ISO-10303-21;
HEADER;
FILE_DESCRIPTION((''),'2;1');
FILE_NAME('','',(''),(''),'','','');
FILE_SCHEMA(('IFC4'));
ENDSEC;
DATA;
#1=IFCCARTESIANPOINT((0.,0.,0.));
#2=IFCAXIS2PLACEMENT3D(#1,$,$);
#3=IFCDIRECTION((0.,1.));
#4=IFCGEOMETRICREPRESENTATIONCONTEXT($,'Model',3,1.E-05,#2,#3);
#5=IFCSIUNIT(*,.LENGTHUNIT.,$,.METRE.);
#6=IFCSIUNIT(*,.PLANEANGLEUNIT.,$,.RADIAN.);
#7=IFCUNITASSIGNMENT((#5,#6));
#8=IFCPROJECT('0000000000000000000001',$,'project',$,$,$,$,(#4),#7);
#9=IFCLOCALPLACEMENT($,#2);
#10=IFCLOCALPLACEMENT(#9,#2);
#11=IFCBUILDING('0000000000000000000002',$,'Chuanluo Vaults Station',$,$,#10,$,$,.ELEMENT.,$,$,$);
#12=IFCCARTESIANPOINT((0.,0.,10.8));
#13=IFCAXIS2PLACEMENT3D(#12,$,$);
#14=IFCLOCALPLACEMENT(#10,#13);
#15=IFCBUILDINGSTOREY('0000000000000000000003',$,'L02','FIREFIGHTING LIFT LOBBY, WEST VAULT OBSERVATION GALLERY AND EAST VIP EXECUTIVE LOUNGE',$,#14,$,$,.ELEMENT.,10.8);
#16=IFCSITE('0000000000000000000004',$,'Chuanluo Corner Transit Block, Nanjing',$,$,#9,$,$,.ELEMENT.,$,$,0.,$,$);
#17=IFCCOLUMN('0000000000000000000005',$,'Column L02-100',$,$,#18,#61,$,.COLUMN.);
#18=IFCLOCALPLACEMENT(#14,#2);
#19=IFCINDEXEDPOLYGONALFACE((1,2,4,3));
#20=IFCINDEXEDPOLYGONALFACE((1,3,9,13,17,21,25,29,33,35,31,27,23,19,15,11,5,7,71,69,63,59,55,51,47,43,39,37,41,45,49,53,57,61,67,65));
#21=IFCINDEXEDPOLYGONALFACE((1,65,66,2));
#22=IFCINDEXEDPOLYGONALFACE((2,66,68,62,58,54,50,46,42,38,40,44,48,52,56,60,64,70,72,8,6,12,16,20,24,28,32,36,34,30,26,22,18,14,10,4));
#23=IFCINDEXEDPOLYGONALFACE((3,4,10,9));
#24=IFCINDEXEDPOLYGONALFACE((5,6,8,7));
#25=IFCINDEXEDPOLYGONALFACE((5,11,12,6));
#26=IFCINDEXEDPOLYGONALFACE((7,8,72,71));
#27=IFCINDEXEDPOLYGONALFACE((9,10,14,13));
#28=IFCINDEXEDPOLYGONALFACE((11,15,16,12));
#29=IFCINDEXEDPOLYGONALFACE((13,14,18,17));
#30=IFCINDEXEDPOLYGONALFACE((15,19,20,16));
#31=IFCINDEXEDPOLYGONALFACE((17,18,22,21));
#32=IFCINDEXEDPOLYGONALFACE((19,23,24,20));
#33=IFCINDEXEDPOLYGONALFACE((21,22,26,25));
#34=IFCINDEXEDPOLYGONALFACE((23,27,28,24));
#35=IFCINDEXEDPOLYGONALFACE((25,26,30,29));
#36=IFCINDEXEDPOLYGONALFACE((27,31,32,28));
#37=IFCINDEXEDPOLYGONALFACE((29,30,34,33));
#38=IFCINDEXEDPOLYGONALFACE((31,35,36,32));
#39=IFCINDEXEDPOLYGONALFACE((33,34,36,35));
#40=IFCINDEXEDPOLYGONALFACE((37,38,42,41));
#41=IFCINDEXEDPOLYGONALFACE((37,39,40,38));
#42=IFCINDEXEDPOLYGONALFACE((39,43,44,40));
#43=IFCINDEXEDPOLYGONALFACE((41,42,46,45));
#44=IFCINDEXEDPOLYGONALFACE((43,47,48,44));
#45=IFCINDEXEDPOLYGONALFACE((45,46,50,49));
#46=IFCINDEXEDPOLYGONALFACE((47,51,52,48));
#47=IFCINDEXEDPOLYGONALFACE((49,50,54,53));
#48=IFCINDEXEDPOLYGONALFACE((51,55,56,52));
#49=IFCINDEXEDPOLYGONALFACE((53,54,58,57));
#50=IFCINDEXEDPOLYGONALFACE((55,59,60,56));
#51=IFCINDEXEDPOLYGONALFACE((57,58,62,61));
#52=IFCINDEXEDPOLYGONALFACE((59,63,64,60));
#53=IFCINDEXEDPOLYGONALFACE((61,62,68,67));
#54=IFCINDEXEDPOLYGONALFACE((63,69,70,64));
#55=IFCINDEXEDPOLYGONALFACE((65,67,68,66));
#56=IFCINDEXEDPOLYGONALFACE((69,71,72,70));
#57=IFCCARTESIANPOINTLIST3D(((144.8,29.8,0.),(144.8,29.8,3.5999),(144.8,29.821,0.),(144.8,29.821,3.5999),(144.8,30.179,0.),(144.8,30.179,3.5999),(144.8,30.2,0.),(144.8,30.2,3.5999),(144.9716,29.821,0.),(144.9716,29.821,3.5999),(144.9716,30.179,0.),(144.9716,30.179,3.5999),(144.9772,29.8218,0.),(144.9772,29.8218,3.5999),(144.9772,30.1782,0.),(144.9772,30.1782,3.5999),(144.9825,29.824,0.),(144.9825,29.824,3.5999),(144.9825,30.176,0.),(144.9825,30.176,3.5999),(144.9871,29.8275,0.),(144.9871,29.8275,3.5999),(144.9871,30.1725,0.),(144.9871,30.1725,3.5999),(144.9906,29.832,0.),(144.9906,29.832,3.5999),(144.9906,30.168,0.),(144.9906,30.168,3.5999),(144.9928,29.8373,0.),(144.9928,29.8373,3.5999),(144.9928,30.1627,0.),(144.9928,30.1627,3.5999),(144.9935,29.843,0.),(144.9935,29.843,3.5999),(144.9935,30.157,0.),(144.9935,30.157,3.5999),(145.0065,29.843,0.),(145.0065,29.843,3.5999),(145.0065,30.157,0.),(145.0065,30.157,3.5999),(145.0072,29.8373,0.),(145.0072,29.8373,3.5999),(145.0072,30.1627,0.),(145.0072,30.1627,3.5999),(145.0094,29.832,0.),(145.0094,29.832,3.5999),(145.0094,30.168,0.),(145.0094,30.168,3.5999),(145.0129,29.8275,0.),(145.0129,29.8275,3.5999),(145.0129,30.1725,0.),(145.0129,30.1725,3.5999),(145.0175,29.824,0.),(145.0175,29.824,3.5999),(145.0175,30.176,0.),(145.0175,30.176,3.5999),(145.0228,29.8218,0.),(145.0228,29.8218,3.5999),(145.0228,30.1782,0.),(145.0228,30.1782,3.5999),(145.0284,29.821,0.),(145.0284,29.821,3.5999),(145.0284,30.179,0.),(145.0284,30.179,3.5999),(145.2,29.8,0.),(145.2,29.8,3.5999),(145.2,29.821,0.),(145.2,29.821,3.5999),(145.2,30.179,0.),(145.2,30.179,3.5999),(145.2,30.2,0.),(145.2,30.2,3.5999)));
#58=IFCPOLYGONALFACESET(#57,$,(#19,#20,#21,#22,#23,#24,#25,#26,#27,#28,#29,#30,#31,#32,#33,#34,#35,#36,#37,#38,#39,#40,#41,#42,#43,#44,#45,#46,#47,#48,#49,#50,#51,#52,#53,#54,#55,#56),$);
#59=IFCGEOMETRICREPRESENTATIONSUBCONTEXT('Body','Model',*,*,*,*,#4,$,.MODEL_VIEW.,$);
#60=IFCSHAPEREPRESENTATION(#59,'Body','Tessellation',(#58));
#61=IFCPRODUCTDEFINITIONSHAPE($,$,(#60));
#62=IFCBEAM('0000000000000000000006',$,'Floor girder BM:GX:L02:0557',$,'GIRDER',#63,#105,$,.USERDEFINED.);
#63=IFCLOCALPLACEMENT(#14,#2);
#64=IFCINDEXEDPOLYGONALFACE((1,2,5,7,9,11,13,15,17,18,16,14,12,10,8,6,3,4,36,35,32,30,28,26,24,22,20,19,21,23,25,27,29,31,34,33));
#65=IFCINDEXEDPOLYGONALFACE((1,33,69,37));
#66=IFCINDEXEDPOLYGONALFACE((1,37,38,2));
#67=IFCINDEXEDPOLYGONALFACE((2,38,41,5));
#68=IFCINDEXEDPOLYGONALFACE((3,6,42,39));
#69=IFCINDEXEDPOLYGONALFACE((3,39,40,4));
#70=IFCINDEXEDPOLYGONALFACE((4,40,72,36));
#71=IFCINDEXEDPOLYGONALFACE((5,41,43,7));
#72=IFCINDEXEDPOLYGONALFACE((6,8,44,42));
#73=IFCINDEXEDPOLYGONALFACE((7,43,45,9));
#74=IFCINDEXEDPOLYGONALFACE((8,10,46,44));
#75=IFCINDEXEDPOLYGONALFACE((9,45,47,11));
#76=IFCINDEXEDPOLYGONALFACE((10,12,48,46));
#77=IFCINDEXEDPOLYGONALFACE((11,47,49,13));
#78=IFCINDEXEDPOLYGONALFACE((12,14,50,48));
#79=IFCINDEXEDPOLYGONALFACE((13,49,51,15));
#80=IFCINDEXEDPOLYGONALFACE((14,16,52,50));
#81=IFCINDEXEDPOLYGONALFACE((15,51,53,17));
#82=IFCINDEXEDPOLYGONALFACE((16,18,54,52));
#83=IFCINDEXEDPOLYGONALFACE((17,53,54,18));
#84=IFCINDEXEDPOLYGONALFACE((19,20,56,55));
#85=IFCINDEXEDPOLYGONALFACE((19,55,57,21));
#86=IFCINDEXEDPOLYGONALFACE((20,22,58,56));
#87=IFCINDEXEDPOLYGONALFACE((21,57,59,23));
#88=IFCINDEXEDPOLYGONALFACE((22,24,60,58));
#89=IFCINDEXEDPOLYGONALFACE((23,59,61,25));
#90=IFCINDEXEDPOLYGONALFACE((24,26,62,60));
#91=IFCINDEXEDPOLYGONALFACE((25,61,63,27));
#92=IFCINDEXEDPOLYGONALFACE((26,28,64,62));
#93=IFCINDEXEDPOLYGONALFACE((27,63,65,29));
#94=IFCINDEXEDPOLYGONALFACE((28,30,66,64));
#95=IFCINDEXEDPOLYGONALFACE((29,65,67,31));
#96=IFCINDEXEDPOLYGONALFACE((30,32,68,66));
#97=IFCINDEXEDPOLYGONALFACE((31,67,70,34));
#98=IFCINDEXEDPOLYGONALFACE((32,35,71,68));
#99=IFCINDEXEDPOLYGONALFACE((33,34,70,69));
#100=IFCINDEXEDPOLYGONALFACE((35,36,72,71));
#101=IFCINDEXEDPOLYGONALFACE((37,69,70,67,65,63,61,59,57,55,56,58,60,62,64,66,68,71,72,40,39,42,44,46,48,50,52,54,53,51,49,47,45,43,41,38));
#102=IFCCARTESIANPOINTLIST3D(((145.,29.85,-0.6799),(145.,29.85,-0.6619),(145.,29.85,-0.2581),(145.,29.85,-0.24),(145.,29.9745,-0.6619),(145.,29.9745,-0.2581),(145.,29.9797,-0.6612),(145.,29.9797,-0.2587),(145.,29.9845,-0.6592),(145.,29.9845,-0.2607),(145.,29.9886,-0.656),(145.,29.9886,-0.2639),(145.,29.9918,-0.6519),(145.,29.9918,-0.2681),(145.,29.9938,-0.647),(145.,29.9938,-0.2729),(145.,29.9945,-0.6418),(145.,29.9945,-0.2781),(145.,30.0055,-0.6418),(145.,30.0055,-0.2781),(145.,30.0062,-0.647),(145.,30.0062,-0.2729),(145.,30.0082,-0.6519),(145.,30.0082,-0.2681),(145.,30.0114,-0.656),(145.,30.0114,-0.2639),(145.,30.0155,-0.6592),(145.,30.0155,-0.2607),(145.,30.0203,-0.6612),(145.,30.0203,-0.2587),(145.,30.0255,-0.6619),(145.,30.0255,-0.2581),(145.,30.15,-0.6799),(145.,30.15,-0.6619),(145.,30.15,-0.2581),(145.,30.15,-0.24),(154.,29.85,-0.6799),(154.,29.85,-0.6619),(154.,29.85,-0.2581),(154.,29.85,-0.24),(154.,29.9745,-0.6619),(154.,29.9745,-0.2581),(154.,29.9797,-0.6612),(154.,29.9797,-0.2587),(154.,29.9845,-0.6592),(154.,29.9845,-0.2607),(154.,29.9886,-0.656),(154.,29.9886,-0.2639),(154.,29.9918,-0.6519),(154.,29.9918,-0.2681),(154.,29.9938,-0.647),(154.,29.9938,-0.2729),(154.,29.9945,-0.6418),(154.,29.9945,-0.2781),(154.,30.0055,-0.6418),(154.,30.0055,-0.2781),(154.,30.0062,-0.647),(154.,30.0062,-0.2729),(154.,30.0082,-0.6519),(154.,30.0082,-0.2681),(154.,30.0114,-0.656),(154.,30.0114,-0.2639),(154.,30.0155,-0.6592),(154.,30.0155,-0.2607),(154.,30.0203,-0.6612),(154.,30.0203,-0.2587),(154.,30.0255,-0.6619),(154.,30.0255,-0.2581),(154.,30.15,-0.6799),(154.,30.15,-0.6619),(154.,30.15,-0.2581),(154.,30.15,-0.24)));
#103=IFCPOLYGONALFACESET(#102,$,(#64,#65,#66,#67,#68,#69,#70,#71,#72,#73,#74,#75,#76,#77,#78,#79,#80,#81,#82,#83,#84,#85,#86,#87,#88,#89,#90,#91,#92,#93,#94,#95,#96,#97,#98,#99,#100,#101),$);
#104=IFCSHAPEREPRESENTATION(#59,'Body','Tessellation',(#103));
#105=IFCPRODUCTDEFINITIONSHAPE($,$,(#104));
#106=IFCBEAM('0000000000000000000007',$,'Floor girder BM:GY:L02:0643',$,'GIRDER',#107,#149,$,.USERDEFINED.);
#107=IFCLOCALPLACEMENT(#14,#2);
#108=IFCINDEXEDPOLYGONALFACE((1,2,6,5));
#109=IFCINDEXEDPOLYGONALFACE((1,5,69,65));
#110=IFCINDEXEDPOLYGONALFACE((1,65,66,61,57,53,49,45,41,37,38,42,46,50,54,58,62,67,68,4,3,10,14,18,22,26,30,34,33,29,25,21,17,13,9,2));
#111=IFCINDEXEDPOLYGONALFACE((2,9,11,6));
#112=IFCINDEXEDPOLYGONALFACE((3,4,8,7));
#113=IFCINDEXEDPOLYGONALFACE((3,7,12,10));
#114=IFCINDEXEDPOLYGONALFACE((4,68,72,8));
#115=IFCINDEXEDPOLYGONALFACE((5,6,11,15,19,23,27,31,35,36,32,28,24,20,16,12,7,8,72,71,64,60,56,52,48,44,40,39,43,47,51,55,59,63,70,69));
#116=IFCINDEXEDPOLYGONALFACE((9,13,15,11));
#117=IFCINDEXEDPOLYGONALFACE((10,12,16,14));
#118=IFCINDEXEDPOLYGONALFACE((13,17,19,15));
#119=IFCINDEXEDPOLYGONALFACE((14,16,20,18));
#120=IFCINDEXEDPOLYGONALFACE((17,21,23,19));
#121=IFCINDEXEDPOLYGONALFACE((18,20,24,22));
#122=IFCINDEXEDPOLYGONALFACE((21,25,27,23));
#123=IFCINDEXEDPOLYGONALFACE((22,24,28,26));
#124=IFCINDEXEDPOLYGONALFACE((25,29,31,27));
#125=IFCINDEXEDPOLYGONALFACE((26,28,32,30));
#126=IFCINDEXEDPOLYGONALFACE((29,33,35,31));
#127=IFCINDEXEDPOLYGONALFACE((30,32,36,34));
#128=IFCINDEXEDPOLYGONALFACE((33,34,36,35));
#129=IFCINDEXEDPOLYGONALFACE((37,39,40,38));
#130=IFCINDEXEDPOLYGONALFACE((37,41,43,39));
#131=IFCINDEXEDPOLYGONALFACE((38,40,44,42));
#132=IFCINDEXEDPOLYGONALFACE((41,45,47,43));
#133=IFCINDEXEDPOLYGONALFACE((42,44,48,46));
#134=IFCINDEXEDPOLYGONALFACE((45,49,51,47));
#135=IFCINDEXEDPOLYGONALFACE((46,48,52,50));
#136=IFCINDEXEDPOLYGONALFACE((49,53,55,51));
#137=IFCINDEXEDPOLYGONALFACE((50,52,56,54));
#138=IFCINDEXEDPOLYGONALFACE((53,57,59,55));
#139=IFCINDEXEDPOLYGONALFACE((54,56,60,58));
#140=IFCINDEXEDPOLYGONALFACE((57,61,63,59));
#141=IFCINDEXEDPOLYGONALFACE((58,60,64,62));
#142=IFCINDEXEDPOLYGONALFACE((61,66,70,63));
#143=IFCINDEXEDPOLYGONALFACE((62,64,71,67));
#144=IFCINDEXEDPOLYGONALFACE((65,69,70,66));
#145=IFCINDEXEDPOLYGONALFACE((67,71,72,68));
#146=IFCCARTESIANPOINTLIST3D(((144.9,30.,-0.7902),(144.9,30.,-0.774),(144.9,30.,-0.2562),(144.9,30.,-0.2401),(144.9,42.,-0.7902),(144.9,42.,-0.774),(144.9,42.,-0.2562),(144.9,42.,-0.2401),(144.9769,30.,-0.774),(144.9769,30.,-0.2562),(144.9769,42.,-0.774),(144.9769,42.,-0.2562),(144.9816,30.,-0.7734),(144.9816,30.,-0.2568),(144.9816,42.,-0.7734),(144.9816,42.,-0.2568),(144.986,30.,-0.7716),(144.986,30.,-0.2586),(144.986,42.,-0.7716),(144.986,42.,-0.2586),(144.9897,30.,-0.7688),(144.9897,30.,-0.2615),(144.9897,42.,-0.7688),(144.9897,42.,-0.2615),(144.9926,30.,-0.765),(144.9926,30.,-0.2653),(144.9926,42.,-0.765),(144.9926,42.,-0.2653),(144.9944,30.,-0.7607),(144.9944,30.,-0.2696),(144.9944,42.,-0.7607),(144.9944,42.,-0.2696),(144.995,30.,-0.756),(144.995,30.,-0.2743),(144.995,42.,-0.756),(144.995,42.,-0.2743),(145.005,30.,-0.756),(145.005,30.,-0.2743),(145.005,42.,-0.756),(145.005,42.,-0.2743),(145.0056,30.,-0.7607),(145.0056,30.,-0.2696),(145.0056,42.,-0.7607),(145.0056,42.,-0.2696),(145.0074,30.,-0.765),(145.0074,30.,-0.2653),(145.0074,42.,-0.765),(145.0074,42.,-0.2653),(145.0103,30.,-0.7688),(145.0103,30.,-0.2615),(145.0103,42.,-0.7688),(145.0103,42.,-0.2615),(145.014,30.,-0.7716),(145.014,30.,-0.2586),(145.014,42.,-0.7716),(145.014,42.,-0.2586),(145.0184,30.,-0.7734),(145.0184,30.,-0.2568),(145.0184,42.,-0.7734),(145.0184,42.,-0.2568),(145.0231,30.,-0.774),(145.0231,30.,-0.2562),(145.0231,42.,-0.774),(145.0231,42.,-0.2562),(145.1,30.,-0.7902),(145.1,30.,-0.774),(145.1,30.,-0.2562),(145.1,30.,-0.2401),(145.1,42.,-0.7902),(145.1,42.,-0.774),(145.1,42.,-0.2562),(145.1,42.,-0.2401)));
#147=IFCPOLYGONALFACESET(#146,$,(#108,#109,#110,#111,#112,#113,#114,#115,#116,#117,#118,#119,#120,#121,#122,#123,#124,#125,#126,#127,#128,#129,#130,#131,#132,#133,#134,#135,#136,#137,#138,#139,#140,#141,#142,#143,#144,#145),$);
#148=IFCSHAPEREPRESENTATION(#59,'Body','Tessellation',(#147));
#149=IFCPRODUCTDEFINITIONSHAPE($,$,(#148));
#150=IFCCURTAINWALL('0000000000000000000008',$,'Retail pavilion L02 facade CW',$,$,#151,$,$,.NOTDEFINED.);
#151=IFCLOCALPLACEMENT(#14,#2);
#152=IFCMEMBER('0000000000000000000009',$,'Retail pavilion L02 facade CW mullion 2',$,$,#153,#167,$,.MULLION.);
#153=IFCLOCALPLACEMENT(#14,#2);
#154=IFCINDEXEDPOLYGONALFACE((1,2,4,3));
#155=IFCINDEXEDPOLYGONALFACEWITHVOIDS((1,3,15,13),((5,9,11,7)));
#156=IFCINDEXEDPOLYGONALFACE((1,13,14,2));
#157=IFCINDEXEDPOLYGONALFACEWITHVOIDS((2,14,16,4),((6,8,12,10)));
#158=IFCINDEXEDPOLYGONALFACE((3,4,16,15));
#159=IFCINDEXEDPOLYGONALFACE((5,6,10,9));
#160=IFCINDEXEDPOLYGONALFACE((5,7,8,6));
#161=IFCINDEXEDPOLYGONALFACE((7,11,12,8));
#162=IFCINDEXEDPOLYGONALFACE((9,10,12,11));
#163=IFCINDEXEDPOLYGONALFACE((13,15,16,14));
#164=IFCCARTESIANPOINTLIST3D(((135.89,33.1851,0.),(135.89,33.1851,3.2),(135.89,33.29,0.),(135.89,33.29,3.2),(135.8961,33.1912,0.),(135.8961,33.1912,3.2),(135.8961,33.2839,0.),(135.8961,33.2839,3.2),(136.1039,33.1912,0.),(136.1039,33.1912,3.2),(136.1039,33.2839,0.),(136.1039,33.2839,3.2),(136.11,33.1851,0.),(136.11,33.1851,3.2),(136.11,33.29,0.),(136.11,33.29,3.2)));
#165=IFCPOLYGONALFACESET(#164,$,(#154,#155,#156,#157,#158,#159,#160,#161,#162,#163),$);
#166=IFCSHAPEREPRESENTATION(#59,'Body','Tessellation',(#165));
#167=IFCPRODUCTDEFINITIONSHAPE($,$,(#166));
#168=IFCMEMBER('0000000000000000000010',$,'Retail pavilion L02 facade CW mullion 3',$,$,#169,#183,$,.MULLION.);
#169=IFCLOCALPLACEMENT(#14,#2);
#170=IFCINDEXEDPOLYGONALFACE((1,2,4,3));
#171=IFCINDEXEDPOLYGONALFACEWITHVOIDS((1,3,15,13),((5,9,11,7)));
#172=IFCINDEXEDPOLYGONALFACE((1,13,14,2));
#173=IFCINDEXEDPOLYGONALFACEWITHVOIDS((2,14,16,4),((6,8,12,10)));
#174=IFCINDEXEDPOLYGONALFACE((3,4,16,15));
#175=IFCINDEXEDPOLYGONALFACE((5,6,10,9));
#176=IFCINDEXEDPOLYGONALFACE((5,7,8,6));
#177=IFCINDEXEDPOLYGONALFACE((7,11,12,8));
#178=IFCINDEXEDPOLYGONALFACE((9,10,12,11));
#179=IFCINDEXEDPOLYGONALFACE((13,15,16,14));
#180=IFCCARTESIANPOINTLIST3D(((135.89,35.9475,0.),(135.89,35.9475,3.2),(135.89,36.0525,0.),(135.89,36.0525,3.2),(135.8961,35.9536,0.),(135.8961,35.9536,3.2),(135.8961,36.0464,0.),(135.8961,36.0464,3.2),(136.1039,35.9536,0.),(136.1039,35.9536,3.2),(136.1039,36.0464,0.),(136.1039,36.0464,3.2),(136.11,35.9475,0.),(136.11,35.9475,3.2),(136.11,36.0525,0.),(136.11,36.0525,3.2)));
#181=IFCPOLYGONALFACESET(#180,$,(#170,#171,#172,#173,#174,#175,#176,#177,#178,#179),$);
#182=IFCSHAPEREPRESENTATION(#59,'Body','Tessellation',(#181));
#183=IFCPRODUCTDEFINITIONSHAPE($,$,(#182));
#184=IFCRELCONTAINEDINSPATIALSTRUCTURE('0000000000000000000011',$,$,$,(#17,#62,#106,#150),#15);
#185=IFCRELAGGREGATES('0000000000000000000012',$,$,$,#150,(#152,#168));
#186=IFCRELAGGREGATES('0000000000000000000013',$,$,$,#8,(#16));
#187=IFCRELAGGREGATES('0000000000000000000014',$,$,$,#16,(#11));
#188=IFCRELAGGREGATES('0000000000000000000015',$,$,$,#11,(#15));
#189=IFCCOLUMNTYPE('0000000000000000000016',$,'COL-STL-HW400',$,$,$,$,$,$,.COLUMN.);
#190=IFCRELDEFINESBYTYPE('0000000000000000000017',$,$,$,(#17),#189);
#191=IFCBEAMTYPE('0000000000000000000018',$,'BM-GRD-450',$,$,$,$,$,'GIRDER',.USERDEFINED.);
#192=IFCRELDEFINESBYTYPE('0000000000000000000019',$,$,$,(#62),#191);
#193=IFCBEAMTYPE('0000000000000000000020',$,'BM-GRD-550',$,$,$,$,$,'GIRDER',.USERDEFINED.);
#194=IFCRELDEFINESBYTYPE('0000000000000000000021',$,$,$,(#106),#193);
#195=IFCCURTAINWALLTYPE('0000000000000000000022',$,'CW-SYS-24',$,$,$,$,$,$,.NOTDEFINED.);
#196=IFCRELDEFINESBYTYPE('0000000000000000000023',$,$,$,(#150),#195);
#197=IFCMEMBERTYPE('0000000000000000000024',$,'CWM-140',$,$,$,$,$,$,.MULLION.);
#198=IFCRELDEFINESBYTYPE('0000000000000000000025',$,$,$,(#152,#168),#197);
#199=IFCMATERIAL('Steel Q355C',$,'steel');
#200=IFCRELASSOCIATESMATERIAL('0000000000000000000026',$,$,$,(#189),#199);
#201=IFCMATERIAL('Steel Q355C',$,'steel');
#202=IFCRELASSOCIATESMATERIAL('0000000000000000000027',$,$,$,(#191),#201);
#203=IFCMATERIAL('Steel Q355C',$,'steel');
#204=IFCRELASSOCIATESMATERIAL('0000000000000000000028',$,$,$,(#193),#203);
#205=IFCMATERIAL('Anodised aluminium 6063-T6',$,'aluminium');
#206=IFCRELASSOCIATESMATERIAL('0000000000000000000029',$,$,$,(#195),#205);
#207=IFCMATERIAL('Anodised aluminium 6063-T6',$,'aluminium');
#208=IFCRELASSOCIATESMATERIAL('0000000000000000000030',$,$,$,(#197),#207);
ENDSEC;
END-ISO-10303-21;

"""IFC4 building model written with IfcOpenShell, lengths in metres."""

from ifc_helpers import new_model, si_unit, direction, frame, origin, origin_2d, place, context, subcontext, project, spatial, hollow_rectangle, i_section, extrude, material, material_profile, profile_set, type_object, element, aggregate, save


model = new_model("IFC4")

# Units and contexts
model_context = context("Model", 3, precision=1e-05, world=origin(), true_north=direction((0.0, 1.0)))
body_context = subcontext(model_context, "Body", "Model", "MODEL_VIEW")
ifc_project = project(units=[si_unit("LENGTHUNIT", "METRE"), si_unit("PLANEANGLEUNIT", "RADIAN")], contexts=[model_context])

# Site, building, storey
site_placement = place(None, origin())
site = spatial("IfcSite", under=ifc_project, at=site_placement, Name="Chuanluo Corner Transit Block, Nanjing", CompositionType="ELEMENT", RefElevation=0.0)
building_placement = place(site_placement, origin())
building = spatial("IfcBuilding", under=site, at=building_placement, Name="Chuanluo Vaults Station", CompositionType="ELEMENT")
storey_placement = place(building_placement, frame((0.0, 0.0, 10.8)))
storey = spatial("IfcBuildingStorey", under=building, at=storey_placement, Name="L02", Description="FIREFIGHTING LIFT LOBBY, WEST VAULT OBSERVATION GALLERY AND EAST VIP EXECUTIVE LOUNGE", CompositionType="ELEMENT", Elevation=10.8)

# Column
ifc_material_1 = material(Name="Steel Q355C", Category="steel")
ifc_material_profile_1 = material_profile(ifc_material_1, i_section(OverallWidth=0.3999, OverallDepth=0.3999, WebThickness=0.0129, FlangeThickness=0.021, FilletRadius=0.022, at=origin_2d()))
ifc_profile_set_1 = profile_set([ifc_material_profile_1], Name="Steel Q355C")
column_type = type_object("IfcColumnType", Name="COL-STL-HW400", PredefinedType="COLUMN", material=ifc_profile_set_1)
column_placement = place(storey_placement, frame((145.0, 30.0, 0.0), z_axis=(0.0, 0.0, 1.0), x_axis=(1.0, 0.0, 0.0)))
element("IfcColumn", 1, at=column_placement, inside=storey, type_object=column_type, Name="Column L02-100", PredefinedType="COLUMN", context=body_context, shape_type="SweptSolid", body=[
    extrude(i_section(OverallWidth=0.3999, OverallDepth=0.3999, WebThickness=0.0129, FlangeThickness=0.021, FilletRadius=0.022, at=origin_2d()), origin(), (0.0, 0.0, 1.0), 3.5999),
])

# Beams
ifc_material_2 = material(Name="Steel Q355C", Category="steel")
ifc_material_profile_2 = material_profile(ifc_material_2, i_section(OverallWidth=0.3, OverallDepth=0.4399, WebThickness=0.011, FlangeThickness=0.0181, FilletRadius=0.02, at=origin_2d()))
ifc_profile_set_2 = profile_set([ifc_material_profile_2], Name="Steel Q355C")
beam_type_1 = type_object("IfcBeamType", Name="BM-GRD-450", ElementType="GIRDER", PredefinedType="USERDEFINED", material=ifc_profile_set_2)
beam_1_placement = place(storey_placement, frame((145.0, 30.0, -0.46), z_axis=(1.0, 0.0, 0.0), x_axis=(0.0, 1.0, 0.0)))
element("IfcBeam", 2, at=beam_1_placement, inside=storey, type_object=beam_type_1, Name="Floor girder BM:GX:L02:0557", ObjectType="GIRDER", PredefinedType="USERDEFINED", context=body_context, shape_type="SweptSolid", body=[
    extrude(i_section(OverallWidth=0.3, OverallDepth=0.4399, WebThickness=0.011, FlangeThickness=0.0181, FilletRadius=0.02, at=origin_2d()), origin(), (0.0, 0.0, 1.0), 9.0),
])
ifc_material_3 = material(Name="Steel Q355C", Category="steel")
ifc_material_profile_3 = material_profile(ifc_material_3, i_section(OverallWidth=0.2, OverallDepth=0.55, WebThickness=0.01, FlangeThickness=0.0161, FilletRadius=0.0181, at=origin_2d()))
ifc_profile_set_3 = profile_set([ifc_material_profile_3], Name="Steel Q355C")
beam_type_2 = type_object("IfcBeamType", Name="BM-GRD-550", ElementType="GIRDER", PredefinedType="USERDEFINED", material=ifc_profile_set_3)
beam_2_placement = place(storey_placement, frame((145.0, 30.0, -0.5151), z_axis=(0.0, 1.0, 0.0), x_axis=(-1.0, 0.0, 0.0)))
element("IfcBeam", 3, at=beam_2_placement, inside=storey, type_object=beam_type_2, Name="Floor girder BM:GY:L02:0643", ObjectType="GIRDER", PredefinedType="USERDEFINED", context=body_context, shape_type="SweptSolid", body=[
    extrude(i_section(OverallWidth=0.2, OverallDepth=0.55, WebThickness=0.01, FlangeThickness=0.0161, FilletRadius=0.0181, at=origin_2d()), origin(), (0.0, 0.0, 1.0), 12.0),
])

# Curtain wall, members
ifc_material_4 = material(Name="Anodised aluminium 6063-T6", Category="aluminium")
curtain_wall_type = type_object("IfcCurtainWallType", Name="CW-SYS-24", PredefinedType="NOTDEFINED", material=ifc_material_4)
curtain_wall_placement = place(storey_placement, origin())
curtain_wall = element("IfcCurtainWall", 4, at=curtain_wall_placement, inside=storey, type_object=curtain_wall_type, Name="Retail pavilion L02 facade CW", PredefinedType="NOTDEFINED")
ifc_material_5 = material(Name="Anodised aluminium 6063-T6", Category="aluminium")
ifc_material_profile_4 = material_profile(ifc_material_5, hollow_rectangle(XDim=0.105, YDim=0.22, WallThickness=0.0061, at=origin_2d()))
ifc_profile_set_4 = profile_set([ifc_material_profile_4], Name="Anodised aluminium 6063-T6")
member_type_1 = type_object("IfcMemberType", Name="CWM-140", PredefinedType="MULLION", material=ifc_profile_set_4)
member_1_placement = place(storey_placement, frame((136.0, 33.2375, 0.0), z_axis=(0.0, 0.0, 1.0), x_axis=(0.0, 1.0, 0.0)))
member_1 = element("IfcMember", 5, at=member_1_placement, type_object=member_type_1, Name="Retail pavilion L02 facade CW mullion 2", PredefinedType="MULLION", context=body_context, shape_type="SweptSolid", body=[
    extrude(hollow_rectangle(XDim=0.105, YDim=0.22, WallThickness=0.0061, at=origin_2d()), origin(), (0.0, 0.0, 1.0), 3.2),
])
member_2_placement = place(storey_placement, frame((136.0, 36.0, 0.0), z_axis=(0.0, 0.0, 1.0), x_axis=(0.0, 1.0, 0.0)))
member_2 = element("IfcMember", 6, at=member_2_placement, type_object=member_type_1, Name="Retail pavilion L02 facade CW mullion 3", PredefinedType="MULLION", context=body_context, shape_type="SweptSolid", body=[
    extrude(hollow_rectangle(XDim=0.105, YDim=0.22, WallThickness=0.0061, at=origin_2d()), origin(), (0.0, 0.0, 1.0), 3.2),
])
aggregate(curtain_wall, [member_1, member_2])

save(model, "model.ifc")
